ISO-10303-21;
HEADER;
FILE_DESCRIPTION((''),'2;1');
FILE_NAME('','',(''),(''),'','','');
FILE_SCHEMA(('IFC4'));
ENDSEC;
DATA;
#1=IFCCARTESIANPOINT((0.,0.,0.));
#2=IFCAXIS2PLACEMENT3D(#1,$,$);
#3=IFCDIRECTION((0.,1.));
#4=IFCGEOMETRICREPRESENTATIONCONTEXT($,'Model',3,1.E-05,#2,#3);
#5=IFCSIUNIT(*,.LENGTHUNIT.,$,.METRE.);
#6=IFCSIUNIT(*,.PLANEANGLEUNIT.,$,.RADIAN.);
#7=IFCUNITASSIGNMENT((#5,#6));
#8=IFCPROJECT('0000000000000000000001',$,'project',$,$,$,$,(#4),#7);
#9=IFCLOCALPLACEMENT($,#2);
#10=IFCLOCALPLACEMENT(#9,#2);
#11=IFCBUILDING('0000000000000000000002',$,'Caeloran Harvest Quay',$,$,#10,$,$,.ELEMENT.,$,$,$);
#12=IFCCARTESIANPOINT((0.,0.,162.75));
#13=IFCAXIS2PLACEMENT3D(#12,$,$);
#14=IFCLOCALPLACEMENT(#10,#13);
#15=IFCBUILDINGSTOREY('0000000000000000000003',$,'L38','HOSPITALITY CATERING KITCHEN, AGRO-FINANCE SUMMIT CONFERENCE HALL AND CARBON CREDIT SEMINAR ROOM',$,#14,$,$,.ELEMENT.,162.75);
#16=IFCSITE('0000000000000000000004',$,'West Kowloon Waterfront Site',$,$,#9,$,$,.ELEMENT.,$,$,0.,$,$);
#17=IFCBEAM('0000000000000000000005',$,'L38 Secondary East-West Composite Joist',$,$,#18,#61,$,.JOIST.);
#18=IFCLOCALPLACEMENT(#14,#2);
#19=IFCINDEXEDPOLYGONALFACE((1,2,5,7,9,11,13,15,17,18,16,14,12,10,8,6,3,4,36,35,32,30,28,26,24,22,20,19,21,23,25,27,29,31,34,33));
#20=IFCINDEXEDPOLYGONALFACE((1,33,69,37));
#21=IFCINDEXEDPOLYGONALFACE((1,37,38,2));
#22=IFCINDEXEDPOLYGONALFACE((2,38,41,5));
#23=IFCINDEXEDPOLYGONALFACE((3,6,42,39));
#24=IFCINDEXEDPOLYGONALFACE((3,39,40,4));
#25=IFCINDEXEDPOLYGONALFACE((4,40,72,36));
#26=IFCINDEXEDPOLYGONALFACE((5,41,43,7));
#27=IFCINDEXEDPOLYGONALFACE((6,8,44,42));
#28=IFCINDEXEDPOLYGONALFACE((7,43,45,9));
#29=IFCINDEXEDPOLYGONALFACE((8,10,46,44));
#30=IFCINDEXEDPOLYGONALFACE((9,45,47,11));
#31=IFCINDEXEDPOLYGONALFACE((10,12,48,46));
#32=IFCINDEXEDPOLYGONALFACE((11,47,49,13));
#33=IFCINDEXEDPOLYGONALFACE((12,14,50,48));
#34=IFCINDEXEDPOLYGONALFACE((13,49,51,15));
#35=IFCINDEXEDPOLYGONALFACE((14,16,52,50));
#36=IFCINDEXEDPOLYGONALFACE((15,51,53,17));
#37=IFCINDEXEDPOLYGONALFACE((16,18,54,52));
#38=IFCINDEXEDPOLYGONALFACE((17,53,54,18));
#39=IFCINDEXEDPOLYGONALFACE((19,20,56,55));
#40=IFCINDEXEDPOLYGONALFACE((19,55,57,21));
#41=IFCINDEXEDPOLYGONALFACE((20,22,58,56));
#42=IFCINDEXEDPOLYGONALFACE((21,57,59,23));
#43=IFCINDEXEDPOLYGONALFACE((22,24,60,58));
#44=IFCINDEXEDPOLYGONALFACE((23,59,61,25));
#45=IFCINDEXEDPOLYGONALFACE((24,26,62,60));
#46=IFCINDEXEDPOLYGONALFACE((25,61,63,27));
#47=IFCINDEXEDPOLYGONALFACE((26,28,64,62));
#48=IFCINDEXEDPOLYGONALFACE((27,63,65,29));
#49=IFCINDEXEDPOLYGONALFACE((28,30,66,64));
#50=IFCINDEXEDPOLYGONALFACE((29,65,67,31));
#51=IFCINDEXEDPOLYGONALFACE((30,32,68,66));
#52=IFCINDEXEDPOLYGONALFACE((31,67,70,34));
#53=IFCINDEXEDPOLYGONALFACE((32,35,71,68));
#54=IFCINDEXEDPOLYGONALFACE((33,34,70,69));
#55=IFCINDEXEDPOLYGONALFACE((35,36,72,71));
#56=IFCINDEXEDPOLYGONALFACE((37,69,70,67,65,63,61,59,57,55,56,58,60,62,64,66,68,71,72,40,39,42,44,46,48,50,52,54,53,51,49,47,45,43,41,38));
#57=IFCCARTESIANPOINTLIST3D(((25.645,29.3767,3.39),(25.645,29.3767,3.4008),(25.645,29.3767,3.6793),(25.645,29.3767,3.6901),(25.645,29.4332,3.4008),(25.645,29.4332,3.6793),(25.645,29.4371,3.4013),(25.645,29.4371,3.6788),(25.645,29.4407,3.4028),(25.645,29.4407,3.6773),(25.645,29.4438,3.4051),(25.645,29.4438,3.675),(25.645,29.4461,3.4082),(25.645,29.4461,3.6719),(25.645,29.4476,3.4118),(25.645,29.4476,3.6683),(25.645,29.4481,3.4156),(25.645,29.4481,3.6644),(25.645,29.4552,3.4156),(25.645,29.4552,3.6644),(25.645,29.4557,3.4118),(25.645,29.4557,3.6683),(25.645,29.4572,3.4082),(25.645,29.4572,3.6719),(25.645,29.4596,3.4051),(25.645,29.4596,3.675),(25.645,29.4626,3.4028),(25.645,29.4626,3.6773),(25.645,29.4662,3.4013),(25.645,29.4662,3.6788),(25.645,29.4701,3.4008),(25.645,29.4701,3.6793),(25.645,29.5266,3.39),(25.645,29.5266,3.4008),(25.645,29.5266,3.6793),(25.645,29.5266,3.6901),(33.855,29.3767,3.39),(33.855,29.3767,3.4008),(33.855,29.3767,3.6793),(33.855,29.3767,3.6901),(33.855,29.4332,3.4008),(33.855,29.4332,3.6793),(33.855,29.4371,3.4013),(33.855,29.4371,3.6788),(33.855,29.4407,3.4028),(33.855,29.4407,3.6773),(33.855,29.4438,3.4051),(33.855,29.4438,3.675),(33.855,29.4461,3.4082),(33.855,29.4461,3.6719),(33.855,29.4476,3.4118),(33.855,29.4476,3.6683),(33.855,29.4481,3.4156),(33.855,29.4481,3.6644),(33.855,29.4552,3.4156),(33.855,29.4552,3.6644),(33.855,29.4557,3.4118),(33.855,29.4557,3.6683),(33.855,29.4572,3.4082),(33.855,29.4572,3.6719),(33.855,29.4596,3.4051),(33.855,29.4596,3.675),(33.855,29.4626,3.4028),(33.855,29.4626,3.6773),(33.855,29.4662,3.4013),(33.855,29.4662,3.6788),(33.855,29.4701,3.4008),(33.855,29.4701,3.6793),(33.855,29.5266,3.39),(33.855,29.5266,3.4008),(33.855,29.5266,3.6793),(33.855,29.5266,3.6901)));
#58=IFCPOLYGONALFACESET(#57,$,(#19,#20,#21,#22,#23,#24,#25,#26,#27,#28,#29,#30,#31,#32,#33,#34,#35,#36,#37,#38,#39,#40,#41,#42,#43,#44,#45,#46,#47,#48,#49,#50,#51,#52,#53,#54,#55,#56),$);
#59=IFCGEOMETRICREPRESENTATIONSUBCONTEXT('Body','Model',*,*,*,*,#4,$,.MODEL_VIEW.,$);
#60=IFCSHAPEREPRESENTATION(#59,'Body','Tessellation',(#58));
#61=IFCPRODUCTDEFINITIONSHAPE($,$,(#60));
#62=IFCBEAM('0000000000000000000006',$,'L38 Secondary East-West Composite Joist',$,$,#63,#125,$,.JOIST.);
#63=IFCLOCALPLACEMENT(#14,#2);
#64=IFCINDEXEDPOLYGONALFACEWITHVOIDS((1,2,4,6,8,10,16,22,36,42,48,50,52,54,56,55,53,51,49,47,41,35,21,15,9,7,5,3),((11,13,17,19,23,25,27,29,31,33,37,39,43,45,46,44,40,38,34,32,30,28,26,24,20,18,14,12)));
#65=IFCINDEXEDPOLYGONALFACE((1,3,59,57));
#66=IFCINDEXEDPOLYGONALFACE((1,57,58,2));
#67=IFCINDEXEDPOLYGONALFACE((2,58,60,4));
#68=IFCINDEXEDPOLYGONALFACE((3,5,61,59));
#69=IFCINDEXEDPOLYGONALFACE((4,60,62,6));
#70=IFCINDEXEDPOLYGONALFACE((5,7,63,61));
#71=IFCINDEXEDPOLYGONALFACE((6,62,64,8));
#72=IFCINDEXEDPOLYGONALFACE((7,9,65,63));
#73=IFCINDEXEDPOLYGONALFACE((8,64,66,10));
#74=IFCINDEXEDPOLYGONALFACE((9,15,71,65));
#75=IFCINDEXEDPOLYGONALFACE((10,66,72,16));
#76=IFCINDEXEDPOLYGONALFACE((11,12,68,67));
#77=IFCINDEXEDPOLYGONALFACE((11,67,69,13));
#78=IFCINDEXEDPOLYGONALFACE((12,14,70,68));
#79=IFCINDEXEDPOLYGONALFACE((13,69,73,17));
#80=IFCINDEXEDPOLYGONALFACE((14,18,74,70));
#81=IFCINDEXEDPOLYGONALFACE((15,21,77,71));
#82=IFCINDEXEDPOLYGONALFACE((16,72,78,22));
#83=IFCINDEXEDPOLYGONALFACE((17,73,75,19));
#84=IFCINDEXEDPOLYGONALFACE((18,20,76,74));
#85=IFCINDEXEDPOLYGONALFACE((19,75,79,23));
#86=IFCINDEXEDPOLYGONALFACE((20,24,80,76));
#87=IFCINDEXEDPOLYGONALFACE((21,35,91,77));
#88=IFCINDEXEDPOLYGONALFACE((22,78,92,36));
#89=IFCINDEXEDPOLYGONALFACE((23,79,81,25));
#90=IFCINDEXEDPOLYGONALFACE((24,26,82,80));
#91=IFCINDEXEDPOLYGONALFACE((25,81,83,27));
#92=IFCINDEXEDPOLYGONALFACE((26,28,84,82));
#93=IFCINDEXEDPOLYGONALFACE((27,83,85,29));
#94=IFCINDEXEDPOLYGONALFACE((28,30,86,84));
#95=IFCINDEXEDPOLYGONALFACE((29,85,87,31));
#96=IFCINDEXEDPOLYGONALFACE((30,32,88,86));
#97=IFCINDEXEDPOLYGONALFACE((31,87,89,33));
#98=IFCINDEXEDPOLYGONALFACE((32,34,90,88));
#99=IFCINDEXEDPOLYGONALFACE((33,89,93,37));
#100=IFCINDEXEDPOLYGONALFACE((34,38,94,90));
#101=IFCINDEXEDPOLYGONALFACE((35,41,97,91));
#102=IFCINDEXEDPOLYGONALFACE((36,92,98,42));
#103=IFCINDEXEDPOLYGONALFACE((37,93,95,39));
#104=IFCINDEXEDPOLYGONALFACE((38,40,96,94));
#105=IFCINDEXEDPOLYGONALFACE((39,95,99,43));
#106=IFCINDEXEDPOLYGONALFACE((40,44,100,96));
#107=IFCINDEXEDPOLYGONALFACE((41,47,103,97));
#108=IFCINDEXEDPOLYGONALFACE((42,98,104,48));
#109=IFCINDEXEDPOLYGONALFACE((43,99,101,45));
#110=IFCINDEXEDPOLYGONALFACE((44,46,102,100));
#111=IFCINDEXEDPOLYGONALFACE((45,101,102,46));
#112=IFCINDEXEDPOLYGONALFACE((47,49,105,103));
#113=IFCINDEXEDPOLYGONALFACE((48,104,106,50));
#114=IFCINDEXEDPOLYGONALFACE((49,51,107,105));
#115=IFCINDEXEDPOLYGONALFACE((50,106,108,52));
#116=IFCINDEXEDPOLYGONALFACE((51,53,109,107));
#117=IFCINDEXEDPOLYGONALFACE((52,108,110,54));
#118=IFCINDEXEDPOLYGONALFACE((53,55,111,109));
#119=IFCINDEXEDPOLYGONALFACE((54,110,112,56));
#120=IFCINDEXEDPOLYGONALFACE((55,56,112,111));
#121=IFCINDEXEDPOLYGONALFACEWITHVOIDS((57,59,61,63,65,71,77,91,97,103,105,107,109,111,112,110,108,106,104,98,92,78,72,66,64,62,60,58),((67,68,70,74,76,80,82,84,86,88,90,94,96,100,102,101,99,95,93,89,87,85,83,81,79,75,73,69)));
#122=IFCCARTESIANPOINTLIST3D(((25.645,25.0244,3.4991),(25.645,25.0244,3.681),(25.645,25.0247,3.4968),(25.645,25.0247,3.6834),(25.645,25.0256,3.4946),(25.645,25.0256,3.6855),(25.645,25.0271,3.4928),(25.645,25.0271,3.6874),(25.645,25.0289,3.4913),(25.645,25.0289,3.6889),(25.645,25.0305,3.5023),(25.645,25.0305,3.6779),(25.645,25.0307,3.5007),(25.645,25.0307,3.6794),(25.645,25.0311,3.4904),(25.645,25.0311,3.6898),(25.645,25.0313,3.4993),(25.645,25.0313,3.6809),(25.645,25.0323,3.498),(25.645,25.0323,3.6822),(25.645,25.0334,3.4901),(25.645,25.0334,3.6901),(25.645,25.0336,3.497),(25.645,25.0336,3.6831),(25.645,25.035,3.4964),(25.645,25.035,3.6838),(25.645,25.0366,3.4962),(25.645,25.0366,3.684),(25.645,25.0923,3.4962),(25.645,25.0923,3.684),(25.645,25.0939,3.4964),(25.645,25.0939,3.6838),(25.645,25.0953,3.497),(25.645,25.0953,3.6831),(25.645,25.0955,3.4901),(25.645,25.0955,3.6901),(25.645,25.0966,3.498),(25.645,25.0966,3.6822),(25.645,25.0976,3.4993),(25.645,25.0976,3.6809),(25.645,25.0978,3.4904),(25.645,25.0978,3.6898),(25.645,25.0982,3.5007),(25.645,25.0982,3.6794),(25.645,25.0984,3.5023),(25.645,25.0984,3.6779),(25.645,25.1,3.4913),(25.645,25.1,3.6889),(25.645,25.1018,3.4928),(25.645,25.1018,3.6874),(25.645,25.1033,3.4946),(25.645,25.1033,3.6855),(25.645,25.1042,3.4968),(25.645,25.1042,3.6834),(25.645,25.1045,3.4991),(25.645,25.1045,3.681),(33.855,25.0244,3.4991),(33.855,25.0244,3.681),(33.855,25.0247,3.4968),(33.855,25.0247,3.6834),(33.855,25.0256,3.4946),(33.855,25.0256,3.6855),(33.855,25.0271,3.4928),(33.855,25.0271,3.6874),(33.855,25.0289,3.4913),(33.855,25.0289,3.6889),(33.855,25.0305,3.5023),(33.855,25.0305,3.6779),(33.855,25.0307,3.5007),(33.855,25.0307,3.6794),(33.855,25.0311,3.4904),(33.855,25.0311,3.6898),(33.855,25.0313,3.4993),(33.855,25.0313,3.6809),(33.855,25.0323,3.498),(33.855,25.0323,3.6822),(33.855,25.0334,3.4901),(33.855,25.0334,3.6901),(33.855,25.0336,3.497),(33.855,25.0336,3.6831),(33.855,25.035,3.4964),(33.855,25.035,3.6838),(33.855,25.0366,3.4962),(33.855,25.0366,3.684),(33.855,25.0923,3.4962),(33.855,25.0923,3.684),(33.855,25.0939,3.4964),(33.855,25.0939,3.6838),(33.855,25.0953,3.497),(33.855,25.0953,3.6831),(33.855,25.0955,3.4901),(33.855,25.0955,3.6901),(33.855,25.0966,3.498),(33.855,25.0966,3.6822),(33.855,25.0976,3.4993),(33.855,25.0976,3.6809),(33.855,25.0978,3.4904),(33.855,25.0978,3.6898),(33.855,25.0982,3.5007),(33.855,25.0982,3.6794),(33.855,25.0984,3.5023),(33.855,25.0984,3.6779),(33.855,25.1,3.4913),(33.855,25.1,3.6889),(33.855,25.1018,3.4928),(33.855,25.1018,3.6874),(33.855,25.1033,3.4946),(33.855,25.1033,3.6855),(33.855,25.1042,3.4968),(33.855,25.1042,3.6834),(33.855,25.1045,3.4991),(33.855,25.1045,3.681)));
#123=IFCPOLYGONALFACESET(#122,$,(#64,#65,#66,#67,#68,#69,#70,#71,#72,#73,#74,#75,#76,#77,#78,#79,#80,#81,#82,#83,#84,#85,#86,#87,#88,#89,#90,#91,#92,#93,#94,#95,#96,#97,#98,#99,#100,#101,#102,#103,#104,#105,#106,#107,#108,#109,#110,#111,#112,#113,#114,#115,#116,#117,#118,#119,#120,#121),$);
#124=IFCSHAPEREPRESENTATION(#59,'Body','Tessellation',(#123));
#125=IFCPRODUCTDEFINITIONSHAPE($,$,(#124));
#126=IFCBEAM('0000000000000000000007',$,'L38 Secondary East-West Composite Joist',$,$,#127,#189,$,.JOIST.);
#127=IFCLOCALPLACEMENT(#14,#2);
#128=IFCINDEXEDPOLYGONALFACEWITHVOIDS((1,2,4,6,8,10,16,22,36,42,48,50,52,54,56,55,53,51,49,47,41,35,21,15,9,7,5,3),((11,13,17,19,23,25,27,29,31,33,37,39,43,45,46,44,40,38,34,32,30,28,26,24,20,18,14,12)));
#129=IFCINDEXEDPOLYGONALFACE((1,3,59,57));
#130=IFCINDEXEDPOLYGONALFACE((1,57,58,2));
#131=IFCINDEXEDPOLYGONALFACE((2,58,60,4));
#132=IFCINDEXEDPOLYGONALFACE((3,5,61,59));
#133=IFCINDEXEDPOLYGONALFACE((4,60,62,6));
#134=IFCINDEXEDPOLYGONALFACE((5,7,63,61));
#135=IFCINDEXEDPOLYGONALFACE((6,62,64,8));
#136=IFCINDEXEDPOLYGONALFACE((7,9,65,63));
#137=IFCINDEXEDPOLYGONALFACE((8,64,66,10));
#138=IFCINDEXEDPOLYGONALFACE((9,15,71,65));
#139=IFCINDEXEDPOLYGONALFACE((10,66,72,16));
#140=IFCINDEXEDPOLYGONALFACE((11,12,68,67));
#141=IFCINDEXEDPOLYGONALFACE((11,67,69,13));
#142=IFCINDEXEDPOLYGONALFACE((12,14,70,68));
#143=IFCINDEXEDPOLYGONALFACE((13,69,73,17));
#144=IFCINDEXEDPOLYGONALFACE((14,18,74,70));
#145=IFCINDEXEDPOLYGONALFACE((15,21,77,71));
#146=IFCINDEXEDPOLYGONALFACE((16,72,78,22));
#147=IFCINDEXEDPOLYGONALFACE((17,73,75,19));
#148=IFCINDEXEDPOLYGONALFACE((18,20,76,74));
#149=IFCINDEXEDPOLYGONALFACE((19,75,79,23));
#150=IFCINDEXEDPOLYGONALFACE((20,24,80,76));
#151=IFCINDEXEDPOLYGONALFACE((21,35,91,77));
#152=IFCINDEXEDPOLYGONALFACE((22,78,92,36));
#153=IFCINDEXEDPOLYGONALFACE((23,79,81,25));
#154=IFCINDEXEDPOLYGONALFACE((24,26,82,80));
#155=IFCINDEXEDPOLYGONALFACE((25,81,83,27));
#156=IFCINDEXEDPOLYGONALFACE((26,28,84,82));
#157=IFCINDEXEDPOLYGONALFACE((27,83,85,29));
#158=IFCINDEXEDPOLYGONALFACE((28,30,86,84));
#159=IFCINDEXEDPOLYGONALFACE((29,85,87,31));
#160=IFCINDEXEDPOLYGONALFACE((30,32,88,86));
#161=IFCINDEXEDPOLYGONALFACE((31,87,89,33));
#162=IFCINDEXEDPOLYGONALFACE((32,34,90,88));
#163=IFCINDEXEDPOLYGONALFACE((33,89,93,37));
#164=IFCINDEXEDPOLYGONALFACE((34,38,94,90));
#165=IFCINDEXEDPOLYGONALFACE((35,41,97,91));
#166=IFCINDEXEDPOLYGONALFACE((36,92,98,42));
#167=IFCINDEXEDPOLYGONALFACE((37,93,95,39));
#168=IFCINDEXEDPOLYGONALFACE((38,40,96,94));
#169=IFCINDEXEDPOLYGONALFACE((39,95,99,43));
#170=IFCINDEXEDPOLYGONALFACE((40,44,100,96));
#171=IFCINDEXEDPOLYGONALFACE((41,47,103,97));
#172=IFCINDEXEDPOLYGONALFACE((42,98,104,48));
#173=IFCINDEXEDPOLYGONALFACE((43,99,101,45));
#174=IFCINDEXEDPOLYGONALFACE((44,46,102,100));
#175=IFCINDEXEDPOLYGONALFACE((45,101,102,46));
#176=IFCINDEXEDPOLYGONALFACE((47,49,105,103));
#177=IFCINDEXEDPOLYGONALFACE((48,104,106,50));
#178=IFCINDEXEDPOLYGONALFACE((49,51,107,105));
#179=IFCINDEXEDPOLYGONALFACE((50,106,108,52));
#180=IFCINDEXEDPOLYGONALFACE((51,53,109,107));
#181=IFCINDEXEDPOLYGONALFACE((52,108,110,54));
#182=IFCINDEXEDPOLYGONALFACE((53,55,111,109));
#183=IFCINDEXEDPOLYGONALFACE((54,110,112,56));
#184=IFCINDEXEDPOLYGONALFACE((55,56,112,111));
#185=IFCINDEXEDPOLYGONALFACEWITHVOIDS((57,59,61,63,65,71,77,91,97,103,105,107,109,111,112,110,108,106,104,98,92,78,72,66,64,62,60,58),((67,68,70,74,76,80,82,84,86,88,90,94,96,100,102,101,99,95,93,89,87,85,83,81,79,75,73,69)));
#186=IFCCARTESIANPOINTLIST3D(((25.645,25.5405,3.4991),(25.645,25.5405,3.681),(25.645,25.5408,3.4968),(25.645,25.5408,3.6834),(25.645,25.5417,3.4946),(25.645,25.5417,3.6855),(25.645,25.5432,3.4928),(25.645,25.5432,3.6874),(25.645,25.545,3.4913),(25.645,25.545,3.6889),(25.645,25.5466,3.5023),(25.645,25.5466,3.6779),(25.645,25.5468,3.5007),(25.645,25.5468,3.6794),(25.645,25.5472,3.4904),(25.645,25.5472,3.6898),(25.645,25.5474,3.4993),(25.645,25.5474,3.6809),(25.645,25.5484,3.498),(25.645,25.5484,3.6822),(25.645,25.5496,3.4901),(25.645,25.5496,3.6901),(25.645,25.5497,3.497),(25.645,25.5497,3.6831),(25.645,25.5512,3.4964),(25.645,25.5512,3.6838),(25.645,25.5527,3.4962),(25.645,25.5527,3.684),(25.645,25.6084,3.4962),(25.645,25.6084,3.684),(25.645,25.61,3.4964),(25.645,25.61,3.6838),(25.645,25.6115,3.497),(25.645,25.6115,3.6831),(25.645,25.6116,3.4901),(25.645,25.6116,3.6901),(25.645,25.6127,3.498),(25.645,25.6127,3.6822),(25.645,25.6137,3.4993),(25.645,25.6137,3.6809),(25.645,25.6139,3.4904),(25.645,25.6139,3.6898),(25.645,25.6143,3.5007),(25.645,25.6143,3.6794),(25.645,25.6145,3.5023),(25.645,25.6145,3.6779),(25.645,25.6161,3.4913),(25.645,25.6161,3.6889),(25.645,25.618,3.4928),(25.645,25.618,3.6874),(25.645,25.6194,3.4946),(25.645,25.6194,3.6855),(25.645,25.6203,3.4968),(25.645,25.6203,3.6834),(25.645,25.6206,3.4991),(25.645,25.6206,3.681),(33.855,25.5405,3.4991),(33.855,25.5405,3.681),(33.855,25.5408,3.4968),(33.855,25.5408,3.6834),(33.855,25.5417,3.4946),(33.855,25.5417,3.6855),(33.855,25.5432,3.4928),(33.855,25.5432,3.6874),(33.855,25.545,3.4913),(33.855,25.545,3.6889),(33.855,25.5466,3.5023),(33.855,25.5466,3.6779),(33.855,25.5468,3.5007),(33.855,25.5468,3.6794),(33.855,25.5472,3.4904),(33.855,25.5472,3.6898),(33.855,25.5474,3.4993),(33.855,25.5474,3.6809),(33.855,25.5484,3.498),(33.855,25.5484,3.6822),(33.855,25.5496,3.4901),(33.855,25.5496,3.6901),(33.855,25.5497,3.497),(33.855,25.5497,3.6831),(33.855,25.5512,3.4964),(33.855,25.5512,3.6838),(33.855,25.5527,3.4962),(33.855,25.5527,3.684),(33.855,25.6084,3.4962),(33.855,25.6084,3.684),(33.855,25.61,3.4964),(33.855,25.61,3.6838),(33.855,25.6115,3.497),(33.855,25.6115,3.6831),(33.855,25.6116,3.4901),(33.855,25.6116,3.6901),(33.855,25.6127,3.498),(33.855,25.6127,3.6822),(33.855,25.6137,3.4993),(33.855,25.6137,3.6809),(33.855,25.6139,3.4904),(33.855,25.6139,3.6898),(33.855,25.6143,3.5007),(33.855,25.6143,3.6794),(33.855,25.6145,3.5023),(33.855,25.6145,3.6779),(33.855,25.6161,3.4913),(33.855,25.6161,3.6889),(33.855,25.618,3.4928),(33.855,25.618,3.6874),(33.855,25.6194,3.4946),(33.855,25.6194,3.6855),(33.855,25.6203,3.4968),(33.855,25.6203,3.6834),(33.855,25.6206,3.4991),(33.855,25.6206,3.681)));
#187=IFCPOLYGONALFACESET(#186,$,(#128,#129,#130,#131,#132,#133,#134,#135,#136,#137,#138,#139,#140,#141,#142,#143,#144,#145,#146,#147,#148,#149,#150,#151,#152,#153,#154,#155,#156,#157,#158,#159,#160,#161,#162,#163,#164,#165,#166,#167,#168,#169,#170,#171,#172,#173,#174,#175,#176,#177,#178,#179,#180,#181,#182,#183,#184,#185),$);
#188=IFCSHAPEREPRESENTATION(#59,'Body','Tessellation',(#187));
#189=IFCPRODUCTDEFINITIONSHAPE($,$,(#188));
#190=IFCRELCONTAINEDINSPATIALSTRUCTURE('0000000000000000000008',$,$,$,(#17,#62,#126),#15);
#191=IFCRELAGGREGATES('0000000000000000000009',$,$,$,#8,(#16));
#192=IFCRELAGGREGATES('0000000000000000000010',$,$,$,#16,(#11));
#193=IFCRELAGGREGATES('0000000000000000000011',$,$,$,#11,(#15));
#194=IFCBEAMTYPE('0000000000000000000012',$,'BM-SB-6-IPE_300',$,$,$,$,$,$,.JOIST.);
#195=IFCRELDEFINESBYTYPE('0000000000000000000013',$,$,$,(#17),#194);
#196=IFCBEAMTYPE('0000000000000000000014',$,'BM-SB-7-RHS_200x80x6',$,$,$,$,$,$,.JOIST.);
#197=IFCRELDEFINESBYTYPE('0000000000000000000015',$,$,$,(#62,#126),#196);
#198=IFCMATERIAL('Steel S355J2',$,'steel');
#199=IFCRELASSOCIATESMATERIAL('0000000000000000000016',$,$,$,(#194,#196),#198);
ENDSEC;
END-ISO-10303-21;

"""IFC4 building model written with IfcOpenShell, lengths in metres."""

from ifc_helpers import new_model, si_unit, direction, frame, origin, origin_2d, place, context, subcontext, project, spatial, hollow_rectangle, i_section, extrude, material, material_profile, profile_set, type_object, element, save


model = new_model("IFC4")

# Units and contexts
model_context = context("Model", 3, precision=1e-05, world=origin(), true_north=direction((0.0, 1.0)))
body_context = subcontext(model_context, "Body", "Model", "MODEL_VIEW")
ifc_project = project(units=[si_unit("LENGTHUNIT", "METRE"), si_unit("PLANEANGLEUNIT", "RADIAN")], contexts=[model_context])

# Site, building, storey
site_placement = place(None, origin())
site = spatial("IfcSite", under=ifc_project, at=site_placement, Name="West Kowloon Waterfront Site", CompositionType="ELEMENT", RefElevation=0.0)
building_placement = place(site_placement, origin())
building = spatial("IfcBuilding", under=site, at=building_placement, Name="Caeloran Harvest Quay", CompositionType="ELEMENT")
storey_placement = place(building_placement, frame((0.0, 0.0, 162.75)))
storey = spatial("IfcBuildingStorey", under=building, at=storey_placement, Name="L38", Description="HOSPITALITY CATERING KITCHEN, AGRO-FINANCE SUMMIT CONFERENCE HALL AND CARBON CREDIT SEMINAR ROOM", CompositionType="ELEMENT", Elevation=162.75)

# Beams
ifc_material_1 = material(Name="Steel S355J2", Category="steel")
ifc_material_profile_1 = material_profile(ifc_material_1, i_section(OverallWidth=0.1499, OverallDepth=0.3, WebThickness=0.0071, FlangeThickness=0.0107, FilletRadius=0.0149, at=origin_2d()), Name="IPE 300")
ifc_profile_set_1 = profile_set([ifc_material_profile_1], Name="Steel S355J2")
beam_type_1 = type_object("IfcBeamType", Name="BM-SB-6-IPE_300", PredefinedType="JOIST", material=ifc_profile_set_1)
for number, where, z_axis, x_axis, name in (
    (1, (25.645, 29.4517, 3.54), (1.0, 0.0, 0.0), (0.0, 1.0, 0.0), "L38 Secondary East-West Composite Joist"),
):
    element("IfcBeam", number, at=place(storey_placement, frame(where, z_axis=z_axis, x_axis=x_axis)), inside=storey, type_object=beam_type_1, Name=name, PredefinedType="JOIST", context=body_context, shape_type="SweptSolid", body=[
        extrude(i_section(OverallWidth=0.1499, OverallDepth=0.3, WebThickness=0.0071, FlangeThickness=0.0107, FilletRadius=0.0149, at=origin_2d()), origin(), (0.0, 0.0, 1.0), 8.21),
    ])
ifc_material_profile_2 = material_profile(ifc_material_1, hollow_rectangle(XDim=0.0801, YDim=0.2, WallThickness=0.0061, InnerFilletRadius=0.0061, OuterFilletRadius=0.009, at=origin_2d()), Name="RHS 200x80x6")
ifc_profile_set_2 = profile_set([ifc_material_profile_2], Name="Steel S355J2")
beam_type_2 = type_object("IfcBeamType", Name="BM-SB-7-RHS_200x80x6", PredefinedType="JOIST", material=ifc_profile_set_2)
for number, where, z_axis, x_axis, name in (
    (2, (25.645, 25.0645, 3.5901), (1.0, 0.0, 0.0), (0.0, 1.0, 0.0), "L38 Secondary East-West Composite Joist"),
    (3, (25.645, 25.5806, 3.5901), (1.0, 0.0, 0.0), (0.0, 1.0, 0.0), "L38 Secondary East-West Composite Joist"),
):
    element("IfcBeam", number, at=place(storey_placement, frame(where, z_axis=z_axis, x_axis=x_axis)), inside=storey, type_object=beam_type_2, Name=name, PredefinedType="JOIST", context=body_context, shape_type="SweptSolid", body=[
        extrude(hollow_rectangle(XDim=0.0801, YDim=0.2, WallThickness=0.0061, InnerFilletRadius=0.0061, OuterFilletRadius=0.009, at=origin_2d()), origin(), (0.0, 0.0, 1.0), 8.21),
    ])

save(model, "model.ifc")
